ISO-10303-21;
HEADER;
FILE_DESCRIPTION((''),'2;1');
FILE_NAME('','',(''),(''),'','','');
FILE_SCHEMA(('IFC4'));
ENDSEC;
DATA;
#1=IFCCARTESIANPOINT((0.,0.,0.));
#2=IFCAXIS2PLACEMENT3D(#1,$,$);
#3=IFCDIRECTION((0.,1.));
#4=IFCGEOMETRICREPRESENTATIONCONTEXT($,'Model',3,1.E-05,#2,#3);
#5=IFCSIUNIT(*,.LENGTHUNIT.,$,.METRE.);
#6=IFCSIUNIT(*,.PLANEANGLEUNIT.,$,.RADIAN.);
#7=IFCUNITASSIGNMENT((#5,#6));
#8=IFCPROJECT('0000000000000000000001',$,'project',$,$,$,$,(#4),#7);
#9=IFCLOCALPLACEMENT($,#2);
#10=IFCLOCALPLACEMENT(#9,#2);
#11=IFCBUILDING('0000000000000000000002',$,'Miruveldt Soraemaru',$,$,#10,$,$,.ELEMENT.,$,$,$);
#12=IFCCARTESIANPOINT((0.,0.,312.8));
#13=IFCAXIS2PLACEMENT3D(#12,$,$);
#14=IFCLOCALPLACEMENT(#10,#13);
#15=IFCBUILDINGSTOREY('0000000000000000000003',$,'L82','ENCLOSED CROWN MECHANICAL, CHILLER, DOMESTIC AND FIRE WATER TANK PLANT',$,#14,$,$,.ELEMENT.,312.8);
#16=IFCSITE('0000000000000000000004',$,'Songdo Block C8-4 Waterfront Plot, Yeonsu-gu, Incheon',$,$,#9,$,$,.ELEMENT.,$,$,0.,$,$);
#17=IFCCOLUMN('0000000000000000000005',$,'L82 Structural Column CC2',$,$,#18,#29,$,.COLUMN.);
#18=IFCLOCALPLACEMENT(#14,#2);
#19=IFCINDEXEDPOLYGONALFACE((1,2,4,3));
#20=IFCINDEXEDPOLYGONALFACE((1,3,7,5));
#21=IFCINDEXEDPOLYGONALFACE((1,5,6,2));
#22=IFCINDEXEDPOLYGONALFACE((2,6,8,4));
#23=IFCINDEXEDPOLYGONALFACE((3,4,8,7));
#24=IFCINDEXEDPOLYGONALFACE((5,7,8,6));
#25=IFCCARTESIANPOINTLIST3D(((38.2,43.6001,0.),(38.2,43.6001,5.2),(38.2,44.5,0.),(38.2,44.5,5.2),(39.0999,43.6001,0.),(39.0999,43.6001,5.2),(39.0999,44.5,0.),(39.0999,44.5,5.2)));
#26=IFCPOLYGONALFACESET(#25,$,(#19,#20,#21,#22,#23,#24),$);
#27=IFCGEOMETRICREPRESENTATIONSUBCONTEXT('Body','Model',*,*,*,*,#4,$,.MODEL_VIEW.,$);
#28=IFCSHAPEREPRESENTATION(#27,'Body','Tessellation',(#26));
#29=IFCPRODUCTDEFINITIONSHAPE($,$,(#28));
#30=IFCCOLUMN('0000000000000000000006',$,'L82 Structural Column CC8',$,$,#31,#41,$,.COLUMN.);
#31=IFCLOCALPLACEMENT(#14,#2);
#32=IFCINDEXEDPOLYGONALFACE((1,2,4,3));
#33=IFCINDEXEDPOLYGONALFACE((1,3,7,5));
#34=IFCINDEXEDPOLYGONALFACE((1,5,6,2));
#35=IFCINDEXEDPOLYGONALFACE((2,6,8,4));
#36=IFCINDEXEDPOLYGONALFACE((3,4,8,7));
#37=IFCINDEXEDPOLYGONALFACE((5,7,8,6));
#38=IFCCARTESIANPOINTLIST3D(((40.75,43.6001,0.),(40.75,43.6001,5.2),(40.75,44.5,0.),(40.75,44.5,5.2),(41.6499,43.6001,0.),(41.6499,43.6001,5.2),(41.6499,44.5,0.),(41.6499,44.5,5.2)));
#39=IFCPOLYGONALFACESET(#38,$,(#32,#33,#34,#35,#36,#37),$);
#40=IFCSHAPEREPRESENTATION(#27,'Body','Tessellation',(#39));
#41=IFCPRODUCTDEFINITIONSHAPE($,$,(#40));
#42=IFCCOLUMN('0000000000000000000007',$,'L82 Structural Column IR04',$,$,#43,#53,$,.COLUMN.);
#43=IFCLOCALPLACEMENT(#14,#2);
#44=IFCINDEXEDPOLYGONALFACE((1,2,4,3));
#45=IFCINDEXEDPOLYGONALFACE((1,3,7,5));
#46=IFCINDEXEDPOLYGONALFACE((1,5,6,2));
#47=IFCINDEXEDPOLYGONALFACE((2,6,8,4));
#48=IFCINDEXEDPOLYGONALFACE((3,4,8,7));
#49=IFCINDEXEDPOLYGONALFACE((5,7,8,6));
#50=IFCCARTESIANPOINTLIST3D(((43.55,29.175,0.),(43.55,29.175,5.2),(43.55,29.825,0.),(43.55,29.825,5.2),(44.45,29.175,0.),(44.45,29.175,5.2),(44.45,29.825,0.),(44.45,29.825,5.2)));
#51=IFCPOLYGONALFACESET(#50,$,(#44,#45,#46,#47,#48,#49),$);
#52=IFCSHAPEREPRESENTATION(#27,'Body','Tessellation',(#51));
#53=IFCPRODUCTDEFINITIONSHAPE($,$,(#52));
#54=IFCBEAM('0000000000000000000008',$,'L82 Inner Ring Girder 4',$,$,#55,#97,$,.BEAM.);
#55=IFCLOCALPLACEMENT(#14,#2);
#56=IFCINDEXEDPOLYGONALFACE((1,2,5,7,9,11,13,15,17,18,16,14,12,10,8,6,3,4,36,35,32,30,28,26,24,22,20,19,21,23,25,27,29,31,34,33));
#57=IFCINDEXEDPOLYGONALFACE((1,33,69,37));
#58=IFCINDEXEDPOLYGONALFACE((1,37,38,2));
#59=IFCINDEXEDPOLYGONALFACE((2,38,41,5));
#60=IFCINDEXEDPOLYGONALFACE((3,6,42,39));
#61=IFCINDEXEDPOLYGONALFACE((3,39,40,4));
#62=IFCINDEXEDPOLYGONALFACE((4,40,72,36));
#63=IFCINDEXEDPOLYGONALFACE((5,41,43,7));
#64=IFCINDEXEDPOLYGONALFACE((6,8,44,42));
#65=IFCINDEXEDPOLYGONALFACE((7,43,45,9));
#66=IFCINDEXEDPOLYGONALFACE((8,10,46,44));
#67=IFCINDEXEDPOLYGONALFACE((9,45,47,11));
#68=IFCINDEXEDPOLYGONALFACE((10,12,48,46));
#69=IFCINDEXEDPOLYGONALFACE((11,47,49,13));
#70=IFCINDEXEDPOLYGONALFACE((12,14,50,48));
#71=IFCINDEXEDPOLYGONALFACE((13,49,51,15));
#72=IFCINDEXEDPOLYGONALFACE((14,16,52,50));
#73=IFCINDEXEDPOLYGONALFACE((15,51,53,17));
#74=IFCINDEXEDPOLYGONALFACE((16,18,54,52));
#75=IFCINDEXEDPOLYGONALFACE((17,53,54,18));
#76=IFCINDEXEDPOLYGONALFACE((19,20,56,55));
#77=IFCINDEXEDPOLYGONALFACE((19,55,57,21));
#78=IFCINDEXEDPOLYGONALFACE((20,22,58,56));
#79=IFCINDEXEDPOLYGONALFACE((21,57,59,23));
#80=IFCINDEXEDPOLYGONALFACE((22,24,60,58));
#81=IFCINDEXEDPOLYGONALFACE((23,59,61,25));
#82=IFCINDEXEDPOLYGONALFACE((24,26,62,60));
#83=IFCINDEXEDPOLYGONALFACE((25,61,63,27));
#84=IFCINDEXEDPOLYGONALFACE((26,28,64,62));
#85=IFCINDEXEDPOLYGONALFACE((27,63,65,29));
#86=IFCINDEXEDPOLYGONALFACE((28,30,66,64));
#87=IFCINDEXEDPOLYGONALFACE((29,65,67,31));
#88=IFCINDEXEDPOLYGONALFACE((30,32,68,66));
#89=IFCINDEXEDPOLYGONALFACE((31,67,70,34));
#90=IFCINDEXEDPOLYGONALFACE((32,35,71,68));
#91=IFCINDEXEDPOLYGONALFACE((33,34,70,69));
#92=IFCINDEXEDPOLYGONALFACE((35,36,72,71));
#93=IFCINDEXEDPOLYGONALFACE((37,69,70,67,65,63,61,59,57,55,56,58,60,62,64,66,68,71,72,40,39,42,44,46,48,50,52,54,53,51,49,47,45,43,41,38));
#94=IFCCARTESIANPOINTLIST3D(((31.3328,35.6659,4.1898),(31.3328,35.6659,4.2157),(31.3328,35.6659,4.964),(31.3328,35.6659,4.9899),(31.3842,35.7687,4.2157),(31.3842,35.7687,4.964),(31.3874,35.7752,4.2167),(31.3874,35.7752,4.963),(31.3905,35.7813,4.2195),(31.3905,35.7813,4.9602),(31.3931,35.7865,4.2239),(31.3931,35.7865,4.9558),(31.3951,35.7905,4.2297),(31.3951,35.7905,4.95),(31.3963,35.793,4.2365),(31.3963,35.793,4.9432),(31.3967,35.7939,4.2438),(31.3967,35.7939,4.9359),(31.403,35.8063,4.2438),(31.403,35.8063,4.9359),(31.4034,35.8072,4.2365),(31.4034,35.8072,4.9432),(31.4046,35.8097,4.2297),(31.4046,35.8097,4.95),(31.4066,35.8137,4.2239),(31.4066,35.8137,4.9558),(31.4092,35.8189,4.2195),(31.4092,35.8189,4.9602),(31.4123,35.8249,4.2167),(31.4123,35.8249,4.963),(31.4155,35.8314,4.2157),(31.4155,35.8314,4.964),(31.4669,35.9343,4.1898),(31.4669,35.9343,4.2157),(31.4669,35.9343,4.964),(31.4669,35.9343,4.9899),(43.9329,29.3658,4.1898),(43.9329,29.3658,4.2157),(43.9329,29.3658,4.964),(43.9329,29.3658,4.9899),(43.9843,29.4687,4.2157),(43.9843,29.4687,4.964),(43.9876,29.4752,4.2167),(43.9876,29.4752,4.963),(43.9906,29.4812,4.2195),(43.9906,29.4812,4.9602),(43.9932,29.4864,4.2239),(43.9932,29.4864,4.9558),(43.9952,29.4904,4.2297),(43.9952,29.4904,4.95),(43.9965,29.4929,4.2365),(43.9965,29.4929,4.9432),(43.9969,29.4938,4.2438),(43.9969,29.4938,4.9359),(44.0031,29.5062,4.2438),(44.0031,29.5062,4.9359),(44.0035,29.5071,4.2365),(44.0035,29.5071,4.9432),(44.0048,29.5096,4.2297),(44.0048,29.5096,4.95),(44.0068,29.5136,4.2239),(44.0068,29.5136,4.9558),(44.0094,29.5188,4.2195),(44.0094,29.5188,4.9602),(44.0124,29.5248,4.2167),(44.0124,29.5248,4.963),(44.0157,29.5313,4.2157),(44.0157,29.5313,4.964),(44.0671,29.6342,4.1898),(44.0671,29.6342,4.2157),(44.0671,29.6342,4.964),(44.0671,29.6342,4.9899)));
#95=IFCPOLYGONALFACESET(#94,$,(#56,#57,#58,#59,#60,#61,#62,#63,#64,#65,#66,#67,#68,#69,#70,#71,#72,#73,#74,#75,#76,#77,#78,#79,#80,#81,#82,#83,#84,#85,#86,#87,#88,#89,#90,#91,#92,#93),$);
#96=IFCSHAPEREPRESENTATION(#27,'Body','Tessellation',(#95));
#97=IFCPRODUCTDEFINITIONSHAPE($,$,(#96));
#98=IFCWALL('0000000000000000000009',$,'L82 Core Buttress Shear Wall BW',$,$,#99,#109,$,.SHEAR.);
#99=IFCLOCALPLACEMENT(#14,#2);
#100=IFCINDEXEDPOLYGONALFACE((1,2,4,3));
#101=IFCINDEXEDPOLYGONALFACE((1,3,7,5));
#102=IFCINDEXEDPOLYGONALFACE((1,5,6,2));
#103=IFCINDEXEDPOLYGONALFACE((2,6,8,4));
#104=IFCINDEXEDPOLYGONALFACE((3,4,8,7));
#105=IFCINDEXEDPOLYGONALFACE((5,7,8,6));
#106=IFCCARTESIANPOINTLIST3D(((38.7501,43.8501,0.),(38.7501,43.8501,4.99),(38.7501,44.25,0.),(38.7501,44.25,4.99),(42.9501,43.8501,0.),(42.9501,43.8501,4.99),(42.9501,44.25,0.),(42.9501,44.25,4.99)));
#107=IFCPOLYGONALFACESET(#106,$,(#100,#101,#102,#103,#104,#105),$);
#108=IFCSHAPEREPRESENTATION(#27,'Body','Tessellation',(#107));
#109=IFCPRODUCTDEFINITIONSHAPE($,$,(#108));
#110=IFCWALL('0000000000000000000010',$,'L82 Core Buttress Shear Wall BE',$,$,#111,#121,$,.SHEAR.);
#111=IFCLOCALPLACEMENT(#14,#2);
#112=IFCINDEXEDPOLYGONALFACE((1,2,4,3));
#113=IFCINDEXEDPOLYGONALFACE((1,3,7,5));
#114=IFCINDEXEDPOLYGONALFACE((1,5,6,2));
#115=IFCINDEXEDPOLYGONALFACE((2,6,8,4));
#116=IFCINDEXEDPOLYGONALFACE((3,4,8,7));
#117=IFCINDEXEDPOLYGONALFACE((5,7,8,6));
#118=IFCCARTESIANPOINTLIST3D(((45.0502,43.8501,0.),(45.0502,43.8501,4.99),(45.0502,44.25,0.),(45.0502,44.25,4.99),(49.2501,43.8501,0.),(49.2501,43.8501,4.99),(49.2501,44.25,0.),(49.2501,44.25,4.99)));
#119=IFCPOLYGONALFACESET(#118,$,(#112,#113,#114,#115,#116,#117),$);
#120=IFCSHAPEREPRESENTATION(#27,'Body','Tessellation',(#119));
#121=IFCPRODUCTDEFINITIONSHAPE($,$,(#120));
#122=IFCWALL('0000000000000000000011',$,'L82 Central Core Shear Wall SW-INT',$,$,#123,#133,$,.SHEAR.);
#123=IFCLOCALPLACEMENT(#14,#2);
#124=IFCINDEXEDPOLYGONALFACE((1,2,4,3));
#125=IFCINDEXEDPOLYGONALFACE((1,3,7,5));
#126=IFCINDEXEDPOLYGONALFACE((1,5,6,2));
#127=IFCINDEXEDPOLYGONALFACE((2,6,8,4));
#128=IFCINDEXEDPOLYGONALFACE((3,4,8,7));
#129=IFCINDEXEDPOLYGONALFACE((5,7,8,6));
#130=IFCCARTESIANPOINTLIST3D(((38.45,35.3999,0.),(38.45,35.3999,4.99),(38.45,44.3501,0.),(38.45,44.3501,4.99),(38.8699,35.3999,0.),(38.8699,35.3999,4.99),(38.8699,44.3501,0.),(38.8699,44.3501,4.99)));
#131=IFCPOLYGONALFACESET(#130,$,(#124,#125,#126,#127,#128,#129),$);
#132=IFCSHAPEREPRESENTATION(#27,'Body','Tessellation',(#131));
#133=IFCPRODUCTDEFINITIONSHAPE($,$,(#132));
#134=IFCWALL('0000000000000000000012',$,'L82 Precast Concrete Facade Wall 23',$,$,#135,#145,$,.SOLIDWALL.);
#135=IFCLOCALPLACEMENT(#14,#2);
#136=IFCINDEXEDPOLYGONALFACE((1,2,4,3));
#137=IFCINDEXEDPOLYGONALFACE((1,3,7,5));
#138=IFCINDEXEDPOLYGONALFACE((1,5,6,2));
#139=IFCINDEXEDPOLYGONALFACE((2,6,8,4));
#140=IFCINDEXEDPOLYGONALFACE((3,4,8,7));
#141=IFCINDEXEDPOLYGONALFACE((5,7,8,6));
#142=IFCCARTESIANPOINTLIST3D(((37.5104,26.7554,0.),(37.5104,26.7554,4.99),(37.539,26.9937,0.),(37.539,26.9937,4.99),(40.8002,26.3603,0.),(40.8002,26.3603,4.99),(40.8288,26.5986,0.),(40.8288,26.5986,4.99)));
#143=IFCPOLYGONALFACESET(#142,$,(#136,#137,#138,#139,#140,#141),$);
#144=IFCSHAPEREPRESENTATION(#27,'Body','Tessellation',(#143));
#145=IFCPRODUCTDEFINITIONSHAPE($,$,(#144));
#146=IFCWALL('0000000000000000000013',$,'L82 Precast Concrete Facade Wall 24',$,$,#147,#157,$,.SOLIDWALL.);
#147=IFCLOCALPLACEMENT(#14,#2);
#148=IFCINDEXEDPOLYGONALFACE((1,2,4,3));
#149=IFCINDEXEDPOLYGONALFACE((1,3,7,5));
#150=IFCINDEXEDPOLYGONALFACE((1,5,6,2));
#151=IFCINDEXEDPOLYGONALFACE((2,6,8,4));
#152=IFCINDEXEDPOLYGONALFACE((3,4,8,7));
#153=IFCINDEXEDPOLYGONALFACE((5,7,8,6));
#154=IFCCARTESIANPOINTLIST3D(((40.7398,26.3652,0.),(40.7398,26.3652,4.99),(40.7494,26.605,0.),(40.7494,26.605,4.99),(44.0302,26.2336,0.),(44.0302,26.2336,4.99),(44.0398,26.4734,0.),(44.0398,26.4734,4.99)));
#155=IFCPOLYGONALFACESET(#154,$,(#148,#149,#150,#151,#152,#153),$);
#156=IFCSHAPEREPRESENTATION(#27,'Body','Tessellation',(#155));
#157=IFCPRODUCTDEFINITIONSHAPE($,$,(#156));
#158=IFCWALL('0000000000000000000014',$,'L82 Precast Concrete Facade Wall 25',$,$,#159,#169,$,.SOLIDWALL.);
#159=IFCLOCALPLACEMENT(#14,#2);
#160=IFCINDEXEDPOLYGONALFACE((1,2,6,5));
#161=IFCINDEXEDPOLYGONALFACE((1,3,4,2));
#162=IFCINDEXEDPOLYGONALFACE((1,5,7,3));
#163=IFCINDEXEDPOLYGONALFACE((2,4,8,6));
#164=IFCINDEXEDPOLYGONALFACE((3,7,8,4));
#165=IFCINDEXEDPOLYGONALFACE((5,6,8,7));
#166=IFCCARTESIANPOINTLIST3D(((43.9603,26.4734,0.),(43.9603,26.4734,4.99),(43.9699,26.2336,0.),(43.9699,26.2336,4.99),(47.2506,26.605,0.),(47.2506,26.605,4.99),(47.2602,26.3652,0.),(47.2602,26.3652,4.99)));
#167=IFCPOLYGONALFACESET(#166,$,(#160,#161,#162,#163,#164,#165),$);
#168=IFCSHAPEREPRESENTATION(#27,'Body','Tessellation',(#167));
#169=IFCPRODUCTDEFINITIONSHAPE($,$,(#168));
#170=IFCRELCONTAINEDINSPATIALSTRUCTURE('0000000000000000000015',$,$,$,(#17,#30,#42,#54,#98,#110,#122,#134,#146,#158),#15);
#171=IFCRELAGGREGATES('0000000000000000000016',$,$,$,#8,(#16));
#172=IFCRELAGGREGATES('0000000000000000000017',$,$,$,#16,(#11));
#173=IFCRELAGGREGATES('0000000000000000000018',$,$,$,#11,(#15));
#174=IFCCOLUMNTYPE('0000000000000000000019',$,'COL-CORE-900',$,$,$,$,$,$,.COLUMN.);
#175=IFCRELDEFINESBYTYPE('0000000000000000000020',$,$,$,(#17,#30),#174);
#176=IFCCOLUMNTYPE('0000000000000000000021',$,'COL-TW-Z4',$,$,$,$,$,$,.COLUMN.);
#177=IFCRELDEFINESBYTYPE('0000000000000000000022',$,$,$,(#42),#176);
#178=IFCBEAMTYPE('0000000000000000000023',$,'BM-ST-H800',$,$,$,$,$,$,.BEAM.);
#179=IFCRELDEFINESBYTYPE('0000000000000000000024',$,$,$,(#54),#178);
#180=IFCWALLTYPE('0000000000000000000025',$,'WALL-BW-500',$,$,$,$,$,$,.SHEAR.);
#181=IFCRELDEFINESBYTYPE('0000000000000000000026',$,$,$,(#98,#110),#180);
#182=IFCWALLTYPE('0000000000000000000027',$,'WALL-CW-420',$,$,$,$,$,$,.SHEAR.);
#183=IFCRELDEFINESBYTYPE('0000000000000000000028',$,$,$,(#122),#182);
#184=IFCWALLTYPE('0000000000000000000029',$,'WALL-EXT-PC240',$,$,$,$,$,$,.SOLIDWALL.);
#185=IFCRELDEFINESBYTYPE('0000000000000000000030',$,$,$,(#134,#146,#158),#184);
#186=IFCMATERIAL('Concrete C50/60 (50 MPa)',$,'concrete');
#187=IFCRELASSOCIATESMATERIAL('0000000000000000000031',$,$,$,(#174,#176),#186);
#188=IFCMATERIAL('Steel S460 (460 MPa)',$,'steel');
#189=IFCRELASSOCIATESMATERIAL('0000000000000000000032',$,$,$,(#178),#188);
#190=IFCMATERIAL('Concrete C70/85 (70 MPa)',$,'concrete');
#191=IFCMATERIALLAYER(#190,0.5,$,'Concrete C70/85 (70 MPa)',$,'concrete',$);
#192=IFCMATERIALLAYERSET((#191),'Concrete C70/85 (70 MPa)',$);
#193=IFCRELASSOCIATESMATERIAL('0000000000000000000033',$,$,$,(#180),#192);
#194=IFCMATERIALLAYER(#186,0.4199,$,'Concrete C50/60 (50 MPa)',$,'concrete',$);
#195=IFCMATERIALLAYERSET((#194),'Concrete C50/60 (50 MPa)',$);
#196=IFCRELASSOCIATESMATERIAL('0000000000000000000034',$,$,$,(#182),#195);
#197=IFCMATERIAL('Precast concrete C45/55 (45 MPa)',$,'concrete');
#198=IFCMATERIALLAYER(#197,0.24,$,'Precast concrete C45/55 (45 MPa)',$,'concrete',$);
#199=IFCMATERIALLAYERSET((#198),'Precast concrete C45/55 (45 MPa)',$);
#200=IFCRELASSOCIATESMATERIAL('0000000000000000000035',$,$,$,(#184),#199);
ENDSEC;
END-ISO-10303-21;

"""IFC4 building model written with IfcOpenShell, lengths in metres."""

from ifc_helpers import new_model, si_unit, direction, frame, frame_2d, origin, origin_2d, place, context, subcontext, project, spatial, rectangle, i_section, extrude, material, layer, layer_set, material_profile, profile_set, type_object, element, save


model = new_model("IFC4")

# Units and contexts
model_context = context("Model", 3, precision=1e-05, world=origin(), true_north=direction((0.0, 1.0)))
body_context = subcontext(model_context, "Body", "Model", "MODEL_VIEW")
ifc_project = project(units=[si_unit("LENGTHUNIT", "METRE"), si_unit("PLANEANGLEUNIT", "RADIAN")], contexts=[model_context])

# Site, building, storey
site_placement = place(None, origin())
site = spatial("IfcSite", under=ifc_project, at=site_placement, Name="Songdo Block C8-4 Waterfront Plot, Yeonsu-gu, Incheon", CompositionType="ELEMENT", RefElevation=0.0)
building_placement = place(site_placement, origin())
building = spatial("IfcBuilding", under=site, at=building_placement, Name="Miruveldt Soraemaru", CompositionType="ELEMENT")
storey_placement = place(building_placement, frame((0.0, 0.0, 312.8)))
storey = spatial("IfcBuildingStorey", under=building, at=storey_placement, Name="L82", Description="ENCLOSED CROWN MECHANICAL, CHILLER, DOMESTIC AND FIRE WATER TANK PLANT", CompositionType="ELEMENT", Elevation=312.8)

# Columns
ifc_material_1 = material(Name="Concrete C50/60 (50 MPa)", Category="concrete")
ifc_material_profile_1 = material_profile(ifc_material_1, rectangle(XDim=0.8999, YDim=0.8999, at=origin_2d()), Name="Concrete C50/60 (50 MPa)", Category="concrete")
ifc_profile_set_1 = profile_set([ifc_material_profile_1], Name="Concrete C50/60 (50 MPa)")
column_type_1 = type_object("IfcColumnType", Name="COL-CORE-900", PredefinedType="COLUMN", material=ifc_profile_set_1)
for number, where, z_axis, x_axis, name in (
    (1, (38.6499, 44.05, 0.0), (0.0, 0.0, 1.0), (1.0, 0.0, 0.0), "L82 Structural Column CC2"),
    (2, (41.2, 44.05, 0.0), (0.0, 0.0, 1.0), (1.0, 0.0, 0.0), "L82 Structural Column CC8"),
):
    element("IfcColumn", number, at=place(storey_placement, frame(where, z_axis=z_axis, x_axis=x_axis)), inside=storey, type_object=column_type_1, Name=name, PredefinedType="COLUMN", context=body_context, shape_type="SweptSolid", body=[
        extrude(rectangle(XDim=0.8999, YDim=0.8999, at=origin_2d()), origin(), (0.0, 0.0, 1.0), 5.2),
    ])
ifc_material_profile_2 = material_profile(ifc_material_1, rectangle(XDim=0.8999, YDim=0.6499, at=origin_2d()), Name="Concrete C50/60 (50 MPa)", Category="concrete")
ifc_profile_set_2 = profile_set([ifc_material_profile_2], Name="Concrete C50/60 (50 MPa)")
column_type_2 = type_object("IfcColumnType", Name="COL-TW-Z4", PredefinedType="COLUMN", material=ifc_profile_set_2)
column_placement = place(storey_placement, frame((44.0, 29.5, 0.0), z_axis=(0.0, 0.0, 1.0), x_axis=(1.0, 0.0, 0.0)))
element("IfcColumn", 3, at=column_placement, inside=storey, type_object=column_type_2, Name="L82 Structural Column IR04", PredefinedType="COLUMN", context=body_context, shape_type="SweptSolid", body=[
    extrude(rectangle(XDim=0.8999, YDim=0.6499, at=origin_2d()), origin(), (0.0, 0.0, 1.0), 5.2),
])

# Beam
ifc_material_2 = material(Name="Steel S460 (460 MPa)", Category="steel")
ifc_material_profile_3 = material_profile(ifc_material_2, i_section(OverallWidth=0.3, OverallDepth=0.8, WebThickness=0.0139, FlangeThickness=0.0259, FilletRadius=0.0281, at=origin_2d()), Name="Steel S460 (460 MPa)", Category="steel")
ifc_profile_set_3 = profile_set([ifc_material_profile_3], Name="Steel S460 (460 MPa)")
beam_type = type_object("IfcBeamType", Name="BM-ST-H800", PredefinedType="BEAM", material=ifc_profile_set_3)
beam_placement = place(storey_placement, frame((44.0, 29.5, 4.5898), z_axis=(-0.894427, 0.447214, 0.0), x_axis=(-0.447214, -0.894427, 0.0)))
element("IfcBeam", 4, at=beam_placement, inside=storey, type_object=beam_type, Name="L82 Inner Ring Girder 4", PredefinedType="BEAM", context=body_context, shape_type="SweptSolid", body=[
    extrude(i_section(OverallWidth=0.3, OverallDepth=0.8, WebThickness=0.0139, FlangeThickness=0.0259, FilletRadius=0.0281, at=origin_2d()), origin(), (0.0, 0.0, 1.0), 14.0874),
])

# Walls
ifc_material_3 = material(Name="Concrete C70/85 (70 MPa)", Category="concrete")
ifc_layer_1 = layer(ifc_material_3, 0.5, Name="Concrete C70/85 (70 MPa)", Category="concrete")
ifc_layer_set_1 = layer_set([ifc_layer_1], Name="Concrete C70/85 (70 MPa)")
wall_type_1 = type_object("IfcWallType", Name="WALL-BW-500", PredefinedType="SHEAR", material=ifc_layer_set_1)
for number, where, z_axis, x_axis, name in (
    (5, (38.75, 44.05, 0.0), (0.0, 0.0, 1.0), (1.0, 0.0, 0.0), "L82 Core Buttress Shear Wall BW"),
    (6, (45.05, 44.05, 0.0), (0.0, 0.0, 1.0), (1.0, 0.0, 0.0), "L82 Core Buttress Shear Wall BE"),
):
    element("IfcWall", number, at=place(storey_placement, frame(where, z_axis=z_axis, x_axis=x_axis)), inside=storey, type_object=wall_type_1, Name=name, PredefinedType="SHEAR", context=body_context, shape_type="SweptSolid", body=[
        extrude(rectangle(XDim=4.2, YDim=0.3999, at=frame_2d((2.1001, 0.0))), origin(), (0.0, 0.0, 1.0), 4.99),
    ])
ifc_layer_2 = layer(ifc_material_1, 0.4199, Name="Concrete C50/60 (50 MPa)", Category="concrete")
ifc_layer_set_2 = layer_set([ifc_layer_2], Name="Concrete C50/60 (50 MPa)")
wall_type_2 = type_object("IfcWallType", Name="WALL-CW-420", PredefinedType="SHEAR", material=ifc_layer_set_2)
wall_1_placement = place(storey_placement, frame((38.6599, 35.3999, 0.0), z_axis=(0.0, 0.0, 1.0), x_axis=(0.0, 1.0, 0.0)))
element("IfcWall", 7, at=wall_1_placement, inside=storey, type_object=wall_type_2, Name="L82 Central Core Shear Wall SW-INT", PredefinedType="SHEAR", context=body_context, shape_type="SweptSolid", body=[
    extrude(rectangle(XDim=8.9502, YDim=0.4199, at=frame_2d((4.4751, 0.0))), origin(), (0.0, 0.0, 1.0), 4.99),
])
ifc_material_4 = material(Name="Precast concrete C45/55 (45 MPa)", Category="concrete")
ifc_layer_3 = layer(ifc_material_4, 0.24, Name="Precast concrete C45/55 (45 MPa)", Category="concrete")
ifc_layer_set_3 = layer_set([ifc_layer_3], Name="Precast concrete C45/55 (45 MPa)")
wall_type_3 = type_object("IfcWallType", Name="WALL-EXT-PC240", PredefinedType="SOLIDWALL", material=ifc_layer_set_3)
wall_2_placement = place(storey_placement, frame((37.5247, 26.8745, 0.0), z_axis=(0.0, 0.0, 1.0), x_axis=(0.992868, -0.119218, 0.0)))
element("IfcWall", 8, at=wall_2_placement, inside=storey, type_object=wall_type_3, Name="L82 Precast Concrete Facade Wall 23", PredefinedType="SOLIDWALL", context=body_context, shape_type="SweptSolid", body=[
    extrude(rectangle(XDim=3.3135, YDim=0.24, at=frame_2d((1.6567, 0.0))), origin(), (0.0, 0.0, 1.0), 4.99),
])
for number, where, z_axis, x_axis, name in (
    (9, (40.7446, 26.4851, 0.0), (0.0, 0.0, 1.0), (0.999201, -0.039962, 0.0), "L82 Precast Concrete Facade Wall 24"),
    (10, (43.9651, 26.3535, 0.0), (0.0, 0.0, 1.0), (0.999201, 0.039962, 0.0), "L82 Precast Concrete Facade Wall 25"),
):
    element("IfcWall", number, at=place(storey_placement, frame(where, z_axis=z_axis, x_axis=x_axis)), inside=storey, type_object=wall_type_3, Name=name, PredefinedType="SOLIDWALL", context=body_context, shape_type="SweptSolid", body=[
        extrude(rectangle(XDim=3.293, YDim=0.24, at=frame_2d((1.6465, 0.0))), origin(), (0.0, 0.0, 1.0), 4.99),
    ])

save(model, "model.ifc")
